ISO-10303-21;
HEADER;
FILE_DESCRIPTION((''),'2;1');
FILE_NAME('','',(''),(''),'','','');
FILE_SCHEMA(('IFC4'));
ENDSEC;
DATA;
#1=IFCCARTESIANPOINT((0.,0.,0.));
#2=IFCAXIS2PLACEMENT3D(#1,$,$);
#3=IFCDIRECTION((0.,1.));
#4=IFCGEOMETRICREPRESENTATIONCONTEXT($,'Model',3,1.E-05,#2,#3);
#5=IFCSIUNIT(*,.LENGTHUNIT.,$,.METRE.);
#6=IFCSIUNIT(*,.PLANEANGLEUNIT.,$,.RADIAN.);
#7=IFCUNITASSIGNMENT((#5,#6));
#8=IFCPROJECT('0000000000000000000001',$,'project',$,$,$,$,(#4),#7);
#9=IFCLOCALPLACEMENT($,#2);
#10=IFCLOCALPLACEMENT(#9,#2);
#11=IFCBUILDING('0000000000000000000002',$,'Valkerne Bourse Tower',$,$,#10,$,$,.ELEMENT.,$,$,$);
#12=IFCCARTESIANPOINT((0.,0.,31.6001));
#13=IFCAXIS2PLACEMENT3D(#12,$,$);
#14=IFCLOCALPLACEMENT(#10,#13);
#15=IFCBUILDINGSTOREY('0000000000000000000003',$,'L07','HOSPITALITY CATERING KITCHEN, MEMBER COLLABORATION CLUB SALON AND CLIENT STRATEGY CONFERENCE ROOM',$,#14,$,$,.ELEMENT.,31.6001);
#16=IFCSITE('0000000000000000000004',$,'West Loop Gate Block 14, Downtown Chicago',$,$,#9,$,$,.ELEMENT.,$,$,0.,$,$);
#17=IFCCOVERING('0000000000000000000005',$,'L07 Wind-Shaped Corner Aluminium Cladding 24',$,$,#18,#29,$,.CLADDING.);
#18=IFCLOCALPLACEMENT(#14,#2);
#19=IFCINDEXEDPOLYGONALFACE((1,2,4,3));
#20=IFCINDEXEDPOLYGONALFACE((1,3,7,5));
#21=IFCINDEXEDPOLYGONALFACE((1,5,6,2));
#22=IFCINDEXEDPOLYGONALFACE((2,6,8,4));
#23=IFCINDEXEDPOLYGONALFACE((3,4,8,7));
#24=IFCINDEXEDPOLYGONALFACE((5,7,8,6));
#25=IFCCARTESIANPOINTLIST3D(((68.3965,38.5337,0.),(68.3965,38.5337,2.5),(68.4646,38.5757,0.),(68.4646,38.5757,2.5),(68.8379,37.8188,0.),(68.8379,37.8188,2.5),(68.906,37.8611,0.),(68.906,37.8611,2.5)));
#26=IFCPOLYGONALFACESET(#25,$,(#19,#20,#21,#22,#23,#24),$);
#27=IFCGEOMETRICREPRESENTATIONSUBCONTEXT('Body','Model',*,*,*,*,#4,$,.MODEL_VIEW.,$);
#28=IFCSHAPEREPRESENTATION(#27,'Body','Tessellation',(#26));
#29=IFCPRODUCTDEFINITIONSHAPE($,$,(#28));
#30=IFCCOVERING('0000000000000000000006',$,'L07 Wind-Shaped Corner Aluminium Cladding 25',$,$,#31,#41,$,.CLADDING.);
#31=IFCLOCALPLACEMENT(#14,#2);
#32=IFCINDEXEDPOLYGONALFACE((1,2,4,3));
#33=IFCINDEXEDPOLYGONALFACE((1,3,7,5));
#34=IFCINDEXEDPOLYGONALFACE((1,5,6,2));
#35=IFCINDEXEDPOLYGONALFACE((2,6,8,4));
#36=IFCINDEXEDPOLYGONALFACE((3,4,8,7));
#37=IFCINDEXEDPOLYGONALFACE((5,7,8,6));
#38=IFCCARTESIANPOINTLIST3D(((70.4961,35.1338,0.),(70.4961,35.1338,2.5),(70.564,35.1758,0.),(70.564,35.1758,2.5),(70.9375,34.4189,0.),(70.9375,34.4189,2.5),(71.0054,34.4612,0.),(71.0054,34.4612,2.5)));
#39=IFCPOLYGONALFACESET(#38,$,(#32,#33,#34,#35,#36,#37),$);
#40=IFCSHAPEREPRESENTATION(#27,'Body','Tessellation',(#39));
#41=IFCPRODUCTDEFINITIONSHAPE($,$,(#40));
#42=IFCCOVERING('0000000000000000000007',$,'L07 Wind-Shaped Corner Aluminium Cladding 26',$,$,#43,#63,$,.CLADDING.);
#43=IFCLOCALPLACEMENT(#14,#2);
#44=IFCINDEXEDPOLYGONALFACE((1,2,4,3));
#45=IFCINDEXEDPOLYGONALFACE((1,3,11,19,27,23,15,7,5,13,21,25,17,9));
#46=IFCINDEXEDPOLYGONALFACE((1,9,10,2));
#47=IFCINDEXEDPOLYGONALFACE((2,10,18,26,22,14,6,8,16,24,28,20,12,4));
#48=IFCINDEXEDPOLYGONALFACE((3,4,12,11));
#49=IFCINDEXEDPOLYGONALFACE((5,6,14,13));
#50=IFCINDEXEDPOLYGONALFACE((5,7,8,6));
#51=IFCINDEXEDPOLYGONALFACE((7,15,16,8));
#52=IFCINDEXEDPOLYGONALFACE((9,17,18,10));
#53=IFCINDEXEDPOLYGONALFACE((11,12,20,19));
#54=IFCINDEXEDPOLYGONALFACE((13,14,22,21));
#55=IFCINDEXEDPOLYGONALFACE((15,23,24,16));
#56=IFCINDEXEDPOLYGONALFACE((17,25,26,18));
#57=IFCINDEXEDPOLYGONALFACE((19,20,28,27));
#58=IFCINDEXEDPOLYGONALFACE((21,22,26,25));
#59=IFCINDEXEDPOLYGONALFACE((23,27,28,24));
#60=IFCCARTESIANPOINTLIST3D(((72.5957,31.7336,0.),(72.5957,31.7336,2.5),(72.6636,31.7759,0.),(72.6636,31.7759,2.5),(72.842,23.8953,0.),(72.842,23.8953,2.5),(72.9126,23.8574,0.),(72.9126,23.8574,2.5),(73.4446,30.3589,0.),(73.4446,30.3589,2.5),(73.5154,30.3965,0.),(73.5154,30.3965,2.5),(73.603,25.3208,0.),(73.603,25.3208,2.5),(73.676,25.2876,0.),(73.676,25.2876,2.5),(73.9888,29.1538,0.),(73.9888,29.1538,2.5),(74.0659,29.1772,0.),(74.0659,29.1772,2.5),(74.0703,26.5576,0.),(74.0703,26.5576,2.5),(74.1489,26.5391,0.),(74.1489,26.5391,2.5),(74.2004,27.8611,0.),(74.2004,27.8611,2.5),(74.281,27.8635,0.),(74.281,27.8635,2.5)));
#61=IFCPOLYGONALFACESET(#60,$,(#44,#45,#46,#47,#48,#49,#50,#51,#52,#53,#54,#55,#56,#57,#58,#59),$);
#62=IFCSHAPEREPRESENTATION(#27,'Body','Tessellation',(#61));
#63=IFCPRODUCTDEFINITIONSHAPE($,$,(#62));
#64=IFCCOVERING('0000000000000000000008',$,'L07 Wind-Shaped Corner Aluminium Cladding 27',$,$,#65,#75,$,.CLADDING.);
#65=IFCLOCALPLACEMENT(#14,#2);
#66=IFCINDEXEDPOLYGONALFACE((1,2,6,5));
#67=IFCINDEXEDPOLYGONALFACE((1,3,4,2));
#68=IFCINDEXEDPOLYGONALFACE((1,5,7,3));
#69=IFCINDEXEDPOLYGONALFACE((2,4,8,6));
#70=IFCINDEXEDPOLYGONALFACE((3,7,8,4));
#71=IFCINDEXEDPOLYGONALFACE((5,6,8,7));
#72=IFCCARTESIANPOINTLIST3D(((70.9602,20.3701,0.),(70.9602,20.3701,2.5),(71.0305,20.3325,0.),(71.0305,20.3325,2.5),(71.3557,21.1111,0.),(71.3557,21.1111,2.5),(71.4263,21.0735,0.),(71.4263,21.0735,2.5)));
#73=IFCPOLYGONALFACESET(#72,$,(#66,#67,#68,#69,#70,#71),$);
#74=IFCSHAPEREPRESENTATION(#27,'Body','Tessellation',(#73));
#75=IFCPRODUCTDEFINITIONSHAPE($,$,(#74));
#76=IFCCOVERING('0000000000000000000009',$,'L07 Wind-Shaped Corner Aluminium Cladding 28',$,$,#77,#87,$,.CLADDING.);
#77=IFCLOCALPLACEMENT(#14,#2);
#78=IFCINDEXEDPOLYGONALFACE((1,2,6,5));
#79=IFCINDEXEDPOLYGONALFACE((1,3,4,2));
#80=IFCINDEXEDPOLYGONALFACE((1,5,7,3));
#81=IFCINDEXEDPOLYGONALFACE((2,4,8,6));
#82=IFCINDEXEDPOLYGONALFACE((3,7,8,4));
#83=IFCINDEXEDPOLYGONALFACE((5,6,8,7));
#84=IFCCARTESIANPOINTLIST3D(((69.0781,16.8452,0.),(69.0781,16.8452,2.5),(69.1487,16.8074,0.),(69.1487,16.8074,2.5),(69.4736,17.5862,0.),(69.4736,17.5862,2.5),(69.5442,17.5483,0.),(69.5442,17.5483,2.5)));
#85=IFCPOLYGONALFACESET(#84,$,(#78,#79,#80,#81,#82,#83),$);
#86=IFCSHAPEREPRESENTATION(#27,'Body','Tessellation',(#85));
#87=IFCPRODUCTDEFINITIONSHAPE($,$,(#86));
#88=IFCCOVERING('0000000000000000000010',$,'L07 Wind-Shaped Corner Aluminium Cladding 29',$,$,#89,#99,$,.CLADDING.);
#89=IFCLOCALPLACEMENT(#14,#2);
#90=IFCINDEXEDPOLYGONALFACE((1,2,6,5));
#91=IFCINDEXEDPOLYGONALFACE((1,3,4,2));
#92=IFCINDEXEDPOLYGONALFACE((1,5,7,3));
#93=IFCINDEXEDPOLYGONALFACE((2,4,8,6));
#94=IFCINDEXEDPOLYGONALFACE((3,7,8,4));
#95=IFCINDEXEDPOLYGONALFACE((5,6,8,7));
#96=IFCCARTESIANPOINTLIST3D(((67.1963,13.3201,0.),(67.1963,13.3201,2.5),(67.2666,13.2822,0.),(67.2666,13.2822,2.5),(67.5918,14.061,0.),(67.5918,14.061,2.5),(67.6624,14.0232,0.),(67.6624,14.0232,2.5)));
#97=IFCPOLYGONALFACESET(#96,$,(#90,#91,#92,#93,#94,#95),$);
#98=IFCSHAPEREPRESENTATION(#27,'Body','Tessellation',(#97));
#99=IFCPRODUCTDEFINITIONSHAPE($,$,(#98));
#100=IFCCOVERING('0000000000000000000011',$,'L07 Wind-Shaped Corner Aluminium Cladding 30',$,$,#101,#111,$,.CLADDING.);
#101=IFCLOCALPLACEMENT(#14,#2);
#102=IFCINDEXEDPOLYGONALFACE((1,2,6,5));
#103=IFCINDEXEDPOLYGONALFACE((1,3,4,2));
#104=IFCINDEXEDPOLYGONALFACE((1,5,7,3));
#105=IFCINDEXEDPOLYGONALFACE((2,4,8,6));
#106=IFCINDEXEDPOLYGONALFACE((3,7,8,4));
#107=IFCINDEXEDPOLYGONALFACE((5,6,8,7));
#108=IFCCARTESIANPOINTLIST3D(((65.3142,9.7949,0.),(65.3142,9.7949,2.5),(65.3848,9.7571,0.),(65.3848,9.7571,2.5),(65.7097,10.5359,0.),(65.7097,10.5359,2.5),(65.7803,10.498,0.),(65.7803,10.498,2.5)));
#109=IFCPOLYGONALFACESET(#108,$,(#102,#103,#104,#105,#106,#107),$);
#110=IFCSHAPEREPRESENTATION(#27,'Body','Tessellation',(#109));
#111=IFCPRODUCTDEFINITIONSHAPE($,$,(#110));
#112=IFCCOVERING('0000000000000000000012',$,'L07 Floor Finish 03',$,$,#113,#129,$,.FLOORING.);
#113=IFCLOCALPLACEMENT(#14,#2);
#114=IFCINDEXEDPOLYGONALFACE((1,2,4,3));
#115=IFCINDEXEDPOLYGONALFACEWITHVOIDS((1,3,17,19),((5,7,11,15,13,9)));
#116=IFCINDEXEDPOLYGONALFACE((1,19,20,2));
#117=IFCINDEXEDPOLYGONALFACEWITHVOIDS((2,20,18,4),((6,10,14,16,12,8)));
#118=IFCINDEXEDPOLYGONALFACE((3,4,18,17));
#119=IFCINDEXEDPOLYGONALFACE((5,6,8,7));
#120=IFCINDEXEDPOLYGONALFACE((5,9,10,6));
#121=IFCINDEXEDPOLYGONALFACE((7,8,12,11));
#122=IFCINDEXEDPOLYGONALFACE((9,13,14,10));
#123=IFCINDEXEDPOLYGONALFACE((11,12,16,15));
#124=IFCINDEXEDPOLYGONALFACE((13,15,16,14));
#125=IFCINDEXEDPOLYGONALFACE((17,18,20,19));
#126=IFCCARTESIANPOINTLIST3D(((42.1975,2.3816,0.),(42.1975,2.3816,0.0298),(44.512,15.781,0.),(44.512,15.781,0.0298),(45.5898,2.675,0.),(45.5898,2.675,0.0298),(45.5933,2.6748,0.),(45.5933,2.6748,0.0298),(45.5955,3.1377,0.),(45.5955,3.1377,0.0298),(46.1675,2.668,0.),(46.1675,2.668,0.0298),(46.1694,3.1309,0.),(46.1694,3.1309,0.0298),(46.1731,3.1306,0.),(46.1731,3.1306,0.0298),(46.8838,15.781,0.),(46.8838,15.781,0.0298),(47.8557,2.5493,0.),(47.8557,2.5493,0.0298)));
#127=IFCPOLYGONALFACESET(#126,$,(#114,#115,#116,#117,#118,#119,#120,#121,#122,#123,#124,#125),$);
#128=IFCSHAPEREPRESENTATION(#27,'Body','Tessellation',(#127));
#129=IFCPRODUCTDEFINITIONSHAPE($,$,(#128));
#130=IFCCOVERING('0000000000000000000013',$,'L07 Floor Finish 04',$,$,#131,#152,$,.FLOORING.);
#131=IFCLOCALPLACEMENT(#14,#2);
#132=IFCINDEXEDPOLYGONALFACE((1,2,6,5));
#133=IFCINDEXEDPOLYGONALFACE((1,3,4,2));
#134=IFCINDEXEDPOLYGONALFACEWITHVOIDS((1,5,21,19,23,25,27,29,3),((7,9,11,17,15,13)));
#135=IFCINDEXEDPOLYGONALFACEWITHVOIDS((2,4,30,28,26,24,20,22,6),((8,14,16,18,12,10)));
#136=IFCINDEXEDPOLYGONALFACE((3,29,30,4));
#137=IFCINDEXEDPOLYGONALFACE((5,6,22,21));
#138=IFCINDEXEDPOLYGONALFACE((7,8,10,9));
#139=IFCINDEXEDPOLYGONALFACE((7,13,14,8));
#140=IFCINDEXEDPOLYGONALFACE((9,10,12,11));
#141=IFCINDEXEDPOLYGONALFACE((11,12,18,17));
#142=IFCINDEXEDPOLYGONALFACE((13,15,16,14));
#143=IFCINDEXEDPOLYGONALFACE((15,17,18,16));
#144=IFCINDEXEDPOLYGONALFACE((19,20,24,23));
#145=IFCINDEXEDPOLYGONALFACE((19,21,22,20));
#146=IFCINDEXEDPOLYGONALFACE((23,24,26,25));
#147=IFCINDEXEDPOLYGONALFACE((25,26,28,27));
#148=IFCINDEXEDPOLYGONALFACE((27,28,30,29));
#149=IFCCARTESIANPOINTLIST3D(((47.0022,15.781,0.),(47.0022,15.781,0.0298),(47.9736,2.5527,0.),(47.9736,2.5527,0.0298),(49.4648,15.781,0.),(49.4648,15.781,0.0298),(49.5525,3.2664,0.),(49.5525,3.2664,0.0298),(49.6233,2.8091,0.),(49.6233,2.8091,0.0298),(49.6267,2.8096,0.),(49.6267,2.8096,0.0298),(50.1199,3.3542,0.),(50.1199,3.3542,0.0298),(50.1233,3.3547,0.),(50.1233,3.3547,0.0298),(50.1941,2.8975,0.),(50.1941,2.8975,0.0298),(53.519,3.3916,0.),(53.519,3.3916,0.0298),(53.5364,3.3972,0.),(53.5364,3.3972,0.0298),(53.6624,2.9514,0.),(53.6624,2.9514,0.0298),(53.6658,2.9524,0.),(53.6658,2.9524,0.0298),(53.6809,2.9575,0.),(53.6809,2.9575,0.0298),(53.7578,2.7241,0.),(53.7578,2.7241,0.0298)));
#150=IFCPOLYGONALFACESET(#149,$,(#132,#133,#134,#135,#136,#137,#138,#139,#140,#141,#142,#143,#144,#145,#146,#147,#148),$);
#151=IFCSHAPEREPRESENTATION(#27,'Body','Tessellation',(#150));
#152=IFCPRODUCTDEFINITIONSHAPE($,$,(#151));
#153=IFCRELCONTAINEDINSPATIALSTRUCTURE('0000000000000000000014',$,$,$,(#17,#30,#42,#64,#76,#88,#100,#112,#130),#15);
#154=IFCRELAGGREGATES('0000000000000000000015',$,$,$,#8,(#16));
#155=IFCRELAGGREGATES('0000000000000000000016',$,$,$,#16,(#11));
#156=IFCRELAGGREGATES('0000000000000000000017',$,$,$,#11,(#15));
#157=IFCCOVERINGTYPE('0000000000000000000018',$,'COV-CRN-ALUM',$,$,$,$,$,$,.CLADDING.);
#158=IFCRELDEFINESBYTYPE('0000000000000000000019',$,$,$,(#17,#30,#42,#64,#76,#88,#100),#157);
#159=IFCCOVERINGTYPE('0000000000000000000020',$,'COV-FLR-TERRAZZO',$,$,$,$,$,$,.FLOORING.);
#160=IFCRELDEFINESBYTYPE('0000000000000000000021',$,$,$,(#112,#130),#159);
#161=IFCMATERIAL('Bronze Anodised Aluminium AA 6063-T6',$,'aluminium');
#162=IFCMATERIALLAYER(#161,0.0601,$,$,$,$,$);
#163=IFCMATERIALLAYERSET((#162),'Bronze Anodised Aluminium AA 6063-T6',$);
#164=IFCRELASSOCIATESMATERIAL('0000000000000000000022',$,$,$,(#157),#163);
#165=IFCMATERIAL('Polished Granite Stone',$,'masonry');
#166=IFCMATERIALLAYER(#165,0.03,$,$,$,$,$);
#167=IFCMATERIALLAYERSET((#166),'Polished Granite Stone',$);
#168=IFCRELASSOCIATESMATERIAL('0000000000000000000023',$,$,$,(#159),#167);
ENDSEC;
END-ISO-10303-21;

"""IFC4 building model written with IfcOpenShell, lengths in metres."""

from ifc_helpers import new_model, si_unit, direction, frame, origin, place, context, subcontext, project, spatial, polyline, outline, extrude, material, layer, layer_set, type_object, element, save


model = new_model("IFC4")

# Units and contexts
model_context = context("Model", 3, precision=1e-05, world=origin(), true_north=direction((0.0, 1.0)))
body_context = subcontext(model_context, "Body", "Model", "MODEL_VIEW")
ifc_project = project(units=[si_unit("LENGTHUNIT", "METRE"), si_unit("PLANEANGLEUNIT", "RADIAN")], contexts=[model_context])

# Site, building, storey
site_placement = place(None, origin())
site = spatial("IfcSite", under=ifc_project, at=site_placement, Name="West Loop Gate Block 14, Downtown Chicago", CompositionType="ELEMENT", RefElevation=0.0)
building_placement = place(site_placement, origin())
building = spatial("IfcBuilding", under=site, at=building_placement, Name="Valkerne Bourse Tower", CompositionType="ELEMENT")
storey_placement = place(building_placement, frame((0.0, 0.0, 31.6001)))
storey = spatial("IfcBuildingStorey", under=building, at=storey_placement, Name="L07", Description="HOSPITALITY CATERING KITCHEN, MEMBER COLLABORATION CLUB SALON AND CLIENT STRATEGY CONFERENCE ROOM", CompositionType="ELEMENT", Elevation=31.6001)

# Coverings
ifc_material_1 = material(Name="Bronze Anodised Aluminium AA 6063-T6", Category="aluminium")
ifc_layer_1 = layer(ifc_material_1, 0.0601)
ifc_layer_set_1 = layer_set([ifc_layer_1], Name="Bronze Anodised Aluminium AA 6063-T6")
covering_type_1 = type_object("IfcCoveringType", Name="COV-CRN-ALUM", PredefinedType="CLADDING", material=ifc_layer_set_1)
covering_1_placement = place(storey_placement, origin())
element("IfcCovering", 1, at=covering_1_placement, inside=storey, type_object=covering_type_1, Name="L07 Wind-Shaped Corner Aluminium Cladding 24", PredefinedType="CLADDING", context=body_context, shape_type="SweptSolid", body=[
    extrude(outline(polyline([(68.906, 37.8611), (68.8379, 37.8188), (68.3965, 38.5337), (68.4646, 38.5757), (68.906, 37.8611)])), origin(), (0.0, 0.0, 1.0), 2.5),
])
covering_2_placement = place(storey_placement, origin())
element("IfcCovering", 2, at=covering_2_placement, inside=storey, type_object=covering_type_1, Name="L07 Wind-Shaped Corner Aluminium Cladding 25", PredefinedType="CLADDING", context=body_context, shape_type="SweptSolid", body=[
    extrude(outline(polyline([(71.0054, 34.4612), (70.9375, 34.4189), (70.4961, 35.1338), (70.564, 35.1758), (71.0054, 34.4612)])), origin(), (0.0, 0.0, 1.0), 2.5),
])
covering_3_placement = place(storey_placement, origin())
element("IfcCovering", 3, at=covering_3_placement, inside=storey, type_object=covering_type_1, Name="L07 Wind-Shaped Corner Aluminium Cladding 26", PredefinedType="CLADDING", context=body_context, shape_type="SweptSolid", body=[
    extrude(outline(polyline([(73.5154, 30.3965), (74.0659, 29.1772), (74.281, 27.8635), (74.1489, 26.5391), (73.676, 25.2876), (72.9126, 23.8574), (72.842, 23.8953), (73.603, 25.3208), (74.0703, 26.5576), (74.2004, 27.8611), (73.9888, 29.1538), (73.4446, 30.3589), (72.5957, 31.7336), (72.6636, 31.7759), (73.5154, 30.3965)])), origin(), (0.0, 0.0, 1.0), 2.5),
])
covering_4_placement = place(storey_placement, origin())
element("IfcCovering", 4, at=covering_4_placement, inside=storey, type_object=covering_type_1, Name="L07 Wind-Shaped Corner Aluminium Cladding 27", PredefinedType="CLADDING", context=body_context, shape_type="SweptSolid", body=[
    extrude(outline(polyline([(71.0305, 20.3325), (70.9602, 20.3701), (71.3557, 21.1111), (71.4263, 21.0735), (71.0305, 20.3325)])), origin(), (0.0, 0.0, 1.0), 2.5),
])
covering_5_placement = place(storey_placement, origin())
element("IfcCovering", 5, at=covering_5_placement, inside=storey, type_object=covering_type_1, Name="L07 Wind-Shaped Corner Aluminium Cladding 28", PredefinedType="CLADDING", context=body_context, shape_type="SweptSolid", body=[
    extrude(outline(polyline([(69.1487, 16.8074), (69.0781, 16.8452), (69.4736, 17.5862), (69.5442, 17.5483), (69.1487, 16.8074)])), origin(), (0.0, 0.0, 1.0), 2.5),
])
covering_6_placement = place(storey_placement, origin())
element("IfcCovering", 6, at=covering_6_placement, inside=storey, type_object=covering_type_1, Name="L07 Wind-Shaped Corner Aluminium Cladding 29", PredefinedType="CLADDING", context=body_context, shape_type="SweptSolid", body=[
    extrude(outline(polyline([(67.2666, 13.2822), (67.1963, 13.3201), (67.5918, 14.061), (67.6624, 14.0232), (67.2666, 13.2822)])), origin(), (0.0, 0.0, 1.0), 2.5),
])
covering_7_placement = place(storey_placement, origin())
element("IfcCovering", 7, at=covering_7_placement, inside=storey, type_object=covering_type_1, Name="L07 Wind-Shaped Corner Aluminium Cladding 30", PredefinedType="CLADDING", context=body_context, shape_type="SweptSolid", body=[
    extrude(outline(polyline([(65.3848, 9.7571), (65.3142, 9.7949), (65.7097, 10.5359), (65.7803, 10.498), (65.3848, 9.7571)])), origin(), (0.0, 0.0, 1.0), 2.5),
])
ifc_material_2 = material(Name="Polished Granite Stone", Category="masonry")
ifc_layer_2 = layer(ifc_material_2, 0.03)
ifc_layer_set_2 = layer_set([ifc_layer_2], Name="Polished Granite Stone")
covering_type_2 = type_object("IfcCoveringType", Name="COV-FLR-TERRAZZO", PredefinedType="FLOORING", material=ifc_layer_set_2)
covering_8_placement = place(storey_placement, origin())
element("IfcCovering", 8, at=covering_8_placement, inside=storey, type_object=covering_type_2, Name="L07 Floor Finish 03", PredefinedType="FLOORING", context=body_context, shape_type="SweptSolid", body=[
    extrude(outline(polyline([(46.8838, 15.781), (47.8557, 2.5493), (42.1975, 2.3816), (44.512, 15.781), (46.8838, 15.781)]), holes=[polyline([(46.1731, 3.1306), (46.1694, 3.1309), (45.5955, 3.1377), (45.5898, 2.675), (45.5933, 2.6748), (46.1675, 2.668), (46.1731, 3.1306)])]), origin(), (0.0, 0.0, 1.0), 0.0298),
])
covering_9_placement = place(storey_placement, origin())
element("IfcCovering", 9, at=covering_9_placement, inside=storey, type_object=covering_type_2, Name="L07 Floor Finish 04", PredefinedType="FLOORING", context=body_context, shape_type="SweptSolid", body=[
    extrude(outline(polyline([(49.4648, 15.781), (53.5364, 3.3972), (53.519, 3.3916), (53.6624, 2.9514), (53.6658, 2.9524), (53.6809, 2.9575), (53.7578, 2.7241), (47.9736, 2.5527), (47.0022, 15.781), (49.4648, 15.781)]), holes=[polyline([(49.6267, 2.8096), (50.1941, 2.8975), (50.1233, 3.3547), (50.1199, 3.3542), (49.5525, 3.2664), (49.6233, 2.8091), (49.6267, 2.8096)])]), origin(), (0.0, 0.0, 1.0), 0.0298),
])

save(model, "model.ifc")
